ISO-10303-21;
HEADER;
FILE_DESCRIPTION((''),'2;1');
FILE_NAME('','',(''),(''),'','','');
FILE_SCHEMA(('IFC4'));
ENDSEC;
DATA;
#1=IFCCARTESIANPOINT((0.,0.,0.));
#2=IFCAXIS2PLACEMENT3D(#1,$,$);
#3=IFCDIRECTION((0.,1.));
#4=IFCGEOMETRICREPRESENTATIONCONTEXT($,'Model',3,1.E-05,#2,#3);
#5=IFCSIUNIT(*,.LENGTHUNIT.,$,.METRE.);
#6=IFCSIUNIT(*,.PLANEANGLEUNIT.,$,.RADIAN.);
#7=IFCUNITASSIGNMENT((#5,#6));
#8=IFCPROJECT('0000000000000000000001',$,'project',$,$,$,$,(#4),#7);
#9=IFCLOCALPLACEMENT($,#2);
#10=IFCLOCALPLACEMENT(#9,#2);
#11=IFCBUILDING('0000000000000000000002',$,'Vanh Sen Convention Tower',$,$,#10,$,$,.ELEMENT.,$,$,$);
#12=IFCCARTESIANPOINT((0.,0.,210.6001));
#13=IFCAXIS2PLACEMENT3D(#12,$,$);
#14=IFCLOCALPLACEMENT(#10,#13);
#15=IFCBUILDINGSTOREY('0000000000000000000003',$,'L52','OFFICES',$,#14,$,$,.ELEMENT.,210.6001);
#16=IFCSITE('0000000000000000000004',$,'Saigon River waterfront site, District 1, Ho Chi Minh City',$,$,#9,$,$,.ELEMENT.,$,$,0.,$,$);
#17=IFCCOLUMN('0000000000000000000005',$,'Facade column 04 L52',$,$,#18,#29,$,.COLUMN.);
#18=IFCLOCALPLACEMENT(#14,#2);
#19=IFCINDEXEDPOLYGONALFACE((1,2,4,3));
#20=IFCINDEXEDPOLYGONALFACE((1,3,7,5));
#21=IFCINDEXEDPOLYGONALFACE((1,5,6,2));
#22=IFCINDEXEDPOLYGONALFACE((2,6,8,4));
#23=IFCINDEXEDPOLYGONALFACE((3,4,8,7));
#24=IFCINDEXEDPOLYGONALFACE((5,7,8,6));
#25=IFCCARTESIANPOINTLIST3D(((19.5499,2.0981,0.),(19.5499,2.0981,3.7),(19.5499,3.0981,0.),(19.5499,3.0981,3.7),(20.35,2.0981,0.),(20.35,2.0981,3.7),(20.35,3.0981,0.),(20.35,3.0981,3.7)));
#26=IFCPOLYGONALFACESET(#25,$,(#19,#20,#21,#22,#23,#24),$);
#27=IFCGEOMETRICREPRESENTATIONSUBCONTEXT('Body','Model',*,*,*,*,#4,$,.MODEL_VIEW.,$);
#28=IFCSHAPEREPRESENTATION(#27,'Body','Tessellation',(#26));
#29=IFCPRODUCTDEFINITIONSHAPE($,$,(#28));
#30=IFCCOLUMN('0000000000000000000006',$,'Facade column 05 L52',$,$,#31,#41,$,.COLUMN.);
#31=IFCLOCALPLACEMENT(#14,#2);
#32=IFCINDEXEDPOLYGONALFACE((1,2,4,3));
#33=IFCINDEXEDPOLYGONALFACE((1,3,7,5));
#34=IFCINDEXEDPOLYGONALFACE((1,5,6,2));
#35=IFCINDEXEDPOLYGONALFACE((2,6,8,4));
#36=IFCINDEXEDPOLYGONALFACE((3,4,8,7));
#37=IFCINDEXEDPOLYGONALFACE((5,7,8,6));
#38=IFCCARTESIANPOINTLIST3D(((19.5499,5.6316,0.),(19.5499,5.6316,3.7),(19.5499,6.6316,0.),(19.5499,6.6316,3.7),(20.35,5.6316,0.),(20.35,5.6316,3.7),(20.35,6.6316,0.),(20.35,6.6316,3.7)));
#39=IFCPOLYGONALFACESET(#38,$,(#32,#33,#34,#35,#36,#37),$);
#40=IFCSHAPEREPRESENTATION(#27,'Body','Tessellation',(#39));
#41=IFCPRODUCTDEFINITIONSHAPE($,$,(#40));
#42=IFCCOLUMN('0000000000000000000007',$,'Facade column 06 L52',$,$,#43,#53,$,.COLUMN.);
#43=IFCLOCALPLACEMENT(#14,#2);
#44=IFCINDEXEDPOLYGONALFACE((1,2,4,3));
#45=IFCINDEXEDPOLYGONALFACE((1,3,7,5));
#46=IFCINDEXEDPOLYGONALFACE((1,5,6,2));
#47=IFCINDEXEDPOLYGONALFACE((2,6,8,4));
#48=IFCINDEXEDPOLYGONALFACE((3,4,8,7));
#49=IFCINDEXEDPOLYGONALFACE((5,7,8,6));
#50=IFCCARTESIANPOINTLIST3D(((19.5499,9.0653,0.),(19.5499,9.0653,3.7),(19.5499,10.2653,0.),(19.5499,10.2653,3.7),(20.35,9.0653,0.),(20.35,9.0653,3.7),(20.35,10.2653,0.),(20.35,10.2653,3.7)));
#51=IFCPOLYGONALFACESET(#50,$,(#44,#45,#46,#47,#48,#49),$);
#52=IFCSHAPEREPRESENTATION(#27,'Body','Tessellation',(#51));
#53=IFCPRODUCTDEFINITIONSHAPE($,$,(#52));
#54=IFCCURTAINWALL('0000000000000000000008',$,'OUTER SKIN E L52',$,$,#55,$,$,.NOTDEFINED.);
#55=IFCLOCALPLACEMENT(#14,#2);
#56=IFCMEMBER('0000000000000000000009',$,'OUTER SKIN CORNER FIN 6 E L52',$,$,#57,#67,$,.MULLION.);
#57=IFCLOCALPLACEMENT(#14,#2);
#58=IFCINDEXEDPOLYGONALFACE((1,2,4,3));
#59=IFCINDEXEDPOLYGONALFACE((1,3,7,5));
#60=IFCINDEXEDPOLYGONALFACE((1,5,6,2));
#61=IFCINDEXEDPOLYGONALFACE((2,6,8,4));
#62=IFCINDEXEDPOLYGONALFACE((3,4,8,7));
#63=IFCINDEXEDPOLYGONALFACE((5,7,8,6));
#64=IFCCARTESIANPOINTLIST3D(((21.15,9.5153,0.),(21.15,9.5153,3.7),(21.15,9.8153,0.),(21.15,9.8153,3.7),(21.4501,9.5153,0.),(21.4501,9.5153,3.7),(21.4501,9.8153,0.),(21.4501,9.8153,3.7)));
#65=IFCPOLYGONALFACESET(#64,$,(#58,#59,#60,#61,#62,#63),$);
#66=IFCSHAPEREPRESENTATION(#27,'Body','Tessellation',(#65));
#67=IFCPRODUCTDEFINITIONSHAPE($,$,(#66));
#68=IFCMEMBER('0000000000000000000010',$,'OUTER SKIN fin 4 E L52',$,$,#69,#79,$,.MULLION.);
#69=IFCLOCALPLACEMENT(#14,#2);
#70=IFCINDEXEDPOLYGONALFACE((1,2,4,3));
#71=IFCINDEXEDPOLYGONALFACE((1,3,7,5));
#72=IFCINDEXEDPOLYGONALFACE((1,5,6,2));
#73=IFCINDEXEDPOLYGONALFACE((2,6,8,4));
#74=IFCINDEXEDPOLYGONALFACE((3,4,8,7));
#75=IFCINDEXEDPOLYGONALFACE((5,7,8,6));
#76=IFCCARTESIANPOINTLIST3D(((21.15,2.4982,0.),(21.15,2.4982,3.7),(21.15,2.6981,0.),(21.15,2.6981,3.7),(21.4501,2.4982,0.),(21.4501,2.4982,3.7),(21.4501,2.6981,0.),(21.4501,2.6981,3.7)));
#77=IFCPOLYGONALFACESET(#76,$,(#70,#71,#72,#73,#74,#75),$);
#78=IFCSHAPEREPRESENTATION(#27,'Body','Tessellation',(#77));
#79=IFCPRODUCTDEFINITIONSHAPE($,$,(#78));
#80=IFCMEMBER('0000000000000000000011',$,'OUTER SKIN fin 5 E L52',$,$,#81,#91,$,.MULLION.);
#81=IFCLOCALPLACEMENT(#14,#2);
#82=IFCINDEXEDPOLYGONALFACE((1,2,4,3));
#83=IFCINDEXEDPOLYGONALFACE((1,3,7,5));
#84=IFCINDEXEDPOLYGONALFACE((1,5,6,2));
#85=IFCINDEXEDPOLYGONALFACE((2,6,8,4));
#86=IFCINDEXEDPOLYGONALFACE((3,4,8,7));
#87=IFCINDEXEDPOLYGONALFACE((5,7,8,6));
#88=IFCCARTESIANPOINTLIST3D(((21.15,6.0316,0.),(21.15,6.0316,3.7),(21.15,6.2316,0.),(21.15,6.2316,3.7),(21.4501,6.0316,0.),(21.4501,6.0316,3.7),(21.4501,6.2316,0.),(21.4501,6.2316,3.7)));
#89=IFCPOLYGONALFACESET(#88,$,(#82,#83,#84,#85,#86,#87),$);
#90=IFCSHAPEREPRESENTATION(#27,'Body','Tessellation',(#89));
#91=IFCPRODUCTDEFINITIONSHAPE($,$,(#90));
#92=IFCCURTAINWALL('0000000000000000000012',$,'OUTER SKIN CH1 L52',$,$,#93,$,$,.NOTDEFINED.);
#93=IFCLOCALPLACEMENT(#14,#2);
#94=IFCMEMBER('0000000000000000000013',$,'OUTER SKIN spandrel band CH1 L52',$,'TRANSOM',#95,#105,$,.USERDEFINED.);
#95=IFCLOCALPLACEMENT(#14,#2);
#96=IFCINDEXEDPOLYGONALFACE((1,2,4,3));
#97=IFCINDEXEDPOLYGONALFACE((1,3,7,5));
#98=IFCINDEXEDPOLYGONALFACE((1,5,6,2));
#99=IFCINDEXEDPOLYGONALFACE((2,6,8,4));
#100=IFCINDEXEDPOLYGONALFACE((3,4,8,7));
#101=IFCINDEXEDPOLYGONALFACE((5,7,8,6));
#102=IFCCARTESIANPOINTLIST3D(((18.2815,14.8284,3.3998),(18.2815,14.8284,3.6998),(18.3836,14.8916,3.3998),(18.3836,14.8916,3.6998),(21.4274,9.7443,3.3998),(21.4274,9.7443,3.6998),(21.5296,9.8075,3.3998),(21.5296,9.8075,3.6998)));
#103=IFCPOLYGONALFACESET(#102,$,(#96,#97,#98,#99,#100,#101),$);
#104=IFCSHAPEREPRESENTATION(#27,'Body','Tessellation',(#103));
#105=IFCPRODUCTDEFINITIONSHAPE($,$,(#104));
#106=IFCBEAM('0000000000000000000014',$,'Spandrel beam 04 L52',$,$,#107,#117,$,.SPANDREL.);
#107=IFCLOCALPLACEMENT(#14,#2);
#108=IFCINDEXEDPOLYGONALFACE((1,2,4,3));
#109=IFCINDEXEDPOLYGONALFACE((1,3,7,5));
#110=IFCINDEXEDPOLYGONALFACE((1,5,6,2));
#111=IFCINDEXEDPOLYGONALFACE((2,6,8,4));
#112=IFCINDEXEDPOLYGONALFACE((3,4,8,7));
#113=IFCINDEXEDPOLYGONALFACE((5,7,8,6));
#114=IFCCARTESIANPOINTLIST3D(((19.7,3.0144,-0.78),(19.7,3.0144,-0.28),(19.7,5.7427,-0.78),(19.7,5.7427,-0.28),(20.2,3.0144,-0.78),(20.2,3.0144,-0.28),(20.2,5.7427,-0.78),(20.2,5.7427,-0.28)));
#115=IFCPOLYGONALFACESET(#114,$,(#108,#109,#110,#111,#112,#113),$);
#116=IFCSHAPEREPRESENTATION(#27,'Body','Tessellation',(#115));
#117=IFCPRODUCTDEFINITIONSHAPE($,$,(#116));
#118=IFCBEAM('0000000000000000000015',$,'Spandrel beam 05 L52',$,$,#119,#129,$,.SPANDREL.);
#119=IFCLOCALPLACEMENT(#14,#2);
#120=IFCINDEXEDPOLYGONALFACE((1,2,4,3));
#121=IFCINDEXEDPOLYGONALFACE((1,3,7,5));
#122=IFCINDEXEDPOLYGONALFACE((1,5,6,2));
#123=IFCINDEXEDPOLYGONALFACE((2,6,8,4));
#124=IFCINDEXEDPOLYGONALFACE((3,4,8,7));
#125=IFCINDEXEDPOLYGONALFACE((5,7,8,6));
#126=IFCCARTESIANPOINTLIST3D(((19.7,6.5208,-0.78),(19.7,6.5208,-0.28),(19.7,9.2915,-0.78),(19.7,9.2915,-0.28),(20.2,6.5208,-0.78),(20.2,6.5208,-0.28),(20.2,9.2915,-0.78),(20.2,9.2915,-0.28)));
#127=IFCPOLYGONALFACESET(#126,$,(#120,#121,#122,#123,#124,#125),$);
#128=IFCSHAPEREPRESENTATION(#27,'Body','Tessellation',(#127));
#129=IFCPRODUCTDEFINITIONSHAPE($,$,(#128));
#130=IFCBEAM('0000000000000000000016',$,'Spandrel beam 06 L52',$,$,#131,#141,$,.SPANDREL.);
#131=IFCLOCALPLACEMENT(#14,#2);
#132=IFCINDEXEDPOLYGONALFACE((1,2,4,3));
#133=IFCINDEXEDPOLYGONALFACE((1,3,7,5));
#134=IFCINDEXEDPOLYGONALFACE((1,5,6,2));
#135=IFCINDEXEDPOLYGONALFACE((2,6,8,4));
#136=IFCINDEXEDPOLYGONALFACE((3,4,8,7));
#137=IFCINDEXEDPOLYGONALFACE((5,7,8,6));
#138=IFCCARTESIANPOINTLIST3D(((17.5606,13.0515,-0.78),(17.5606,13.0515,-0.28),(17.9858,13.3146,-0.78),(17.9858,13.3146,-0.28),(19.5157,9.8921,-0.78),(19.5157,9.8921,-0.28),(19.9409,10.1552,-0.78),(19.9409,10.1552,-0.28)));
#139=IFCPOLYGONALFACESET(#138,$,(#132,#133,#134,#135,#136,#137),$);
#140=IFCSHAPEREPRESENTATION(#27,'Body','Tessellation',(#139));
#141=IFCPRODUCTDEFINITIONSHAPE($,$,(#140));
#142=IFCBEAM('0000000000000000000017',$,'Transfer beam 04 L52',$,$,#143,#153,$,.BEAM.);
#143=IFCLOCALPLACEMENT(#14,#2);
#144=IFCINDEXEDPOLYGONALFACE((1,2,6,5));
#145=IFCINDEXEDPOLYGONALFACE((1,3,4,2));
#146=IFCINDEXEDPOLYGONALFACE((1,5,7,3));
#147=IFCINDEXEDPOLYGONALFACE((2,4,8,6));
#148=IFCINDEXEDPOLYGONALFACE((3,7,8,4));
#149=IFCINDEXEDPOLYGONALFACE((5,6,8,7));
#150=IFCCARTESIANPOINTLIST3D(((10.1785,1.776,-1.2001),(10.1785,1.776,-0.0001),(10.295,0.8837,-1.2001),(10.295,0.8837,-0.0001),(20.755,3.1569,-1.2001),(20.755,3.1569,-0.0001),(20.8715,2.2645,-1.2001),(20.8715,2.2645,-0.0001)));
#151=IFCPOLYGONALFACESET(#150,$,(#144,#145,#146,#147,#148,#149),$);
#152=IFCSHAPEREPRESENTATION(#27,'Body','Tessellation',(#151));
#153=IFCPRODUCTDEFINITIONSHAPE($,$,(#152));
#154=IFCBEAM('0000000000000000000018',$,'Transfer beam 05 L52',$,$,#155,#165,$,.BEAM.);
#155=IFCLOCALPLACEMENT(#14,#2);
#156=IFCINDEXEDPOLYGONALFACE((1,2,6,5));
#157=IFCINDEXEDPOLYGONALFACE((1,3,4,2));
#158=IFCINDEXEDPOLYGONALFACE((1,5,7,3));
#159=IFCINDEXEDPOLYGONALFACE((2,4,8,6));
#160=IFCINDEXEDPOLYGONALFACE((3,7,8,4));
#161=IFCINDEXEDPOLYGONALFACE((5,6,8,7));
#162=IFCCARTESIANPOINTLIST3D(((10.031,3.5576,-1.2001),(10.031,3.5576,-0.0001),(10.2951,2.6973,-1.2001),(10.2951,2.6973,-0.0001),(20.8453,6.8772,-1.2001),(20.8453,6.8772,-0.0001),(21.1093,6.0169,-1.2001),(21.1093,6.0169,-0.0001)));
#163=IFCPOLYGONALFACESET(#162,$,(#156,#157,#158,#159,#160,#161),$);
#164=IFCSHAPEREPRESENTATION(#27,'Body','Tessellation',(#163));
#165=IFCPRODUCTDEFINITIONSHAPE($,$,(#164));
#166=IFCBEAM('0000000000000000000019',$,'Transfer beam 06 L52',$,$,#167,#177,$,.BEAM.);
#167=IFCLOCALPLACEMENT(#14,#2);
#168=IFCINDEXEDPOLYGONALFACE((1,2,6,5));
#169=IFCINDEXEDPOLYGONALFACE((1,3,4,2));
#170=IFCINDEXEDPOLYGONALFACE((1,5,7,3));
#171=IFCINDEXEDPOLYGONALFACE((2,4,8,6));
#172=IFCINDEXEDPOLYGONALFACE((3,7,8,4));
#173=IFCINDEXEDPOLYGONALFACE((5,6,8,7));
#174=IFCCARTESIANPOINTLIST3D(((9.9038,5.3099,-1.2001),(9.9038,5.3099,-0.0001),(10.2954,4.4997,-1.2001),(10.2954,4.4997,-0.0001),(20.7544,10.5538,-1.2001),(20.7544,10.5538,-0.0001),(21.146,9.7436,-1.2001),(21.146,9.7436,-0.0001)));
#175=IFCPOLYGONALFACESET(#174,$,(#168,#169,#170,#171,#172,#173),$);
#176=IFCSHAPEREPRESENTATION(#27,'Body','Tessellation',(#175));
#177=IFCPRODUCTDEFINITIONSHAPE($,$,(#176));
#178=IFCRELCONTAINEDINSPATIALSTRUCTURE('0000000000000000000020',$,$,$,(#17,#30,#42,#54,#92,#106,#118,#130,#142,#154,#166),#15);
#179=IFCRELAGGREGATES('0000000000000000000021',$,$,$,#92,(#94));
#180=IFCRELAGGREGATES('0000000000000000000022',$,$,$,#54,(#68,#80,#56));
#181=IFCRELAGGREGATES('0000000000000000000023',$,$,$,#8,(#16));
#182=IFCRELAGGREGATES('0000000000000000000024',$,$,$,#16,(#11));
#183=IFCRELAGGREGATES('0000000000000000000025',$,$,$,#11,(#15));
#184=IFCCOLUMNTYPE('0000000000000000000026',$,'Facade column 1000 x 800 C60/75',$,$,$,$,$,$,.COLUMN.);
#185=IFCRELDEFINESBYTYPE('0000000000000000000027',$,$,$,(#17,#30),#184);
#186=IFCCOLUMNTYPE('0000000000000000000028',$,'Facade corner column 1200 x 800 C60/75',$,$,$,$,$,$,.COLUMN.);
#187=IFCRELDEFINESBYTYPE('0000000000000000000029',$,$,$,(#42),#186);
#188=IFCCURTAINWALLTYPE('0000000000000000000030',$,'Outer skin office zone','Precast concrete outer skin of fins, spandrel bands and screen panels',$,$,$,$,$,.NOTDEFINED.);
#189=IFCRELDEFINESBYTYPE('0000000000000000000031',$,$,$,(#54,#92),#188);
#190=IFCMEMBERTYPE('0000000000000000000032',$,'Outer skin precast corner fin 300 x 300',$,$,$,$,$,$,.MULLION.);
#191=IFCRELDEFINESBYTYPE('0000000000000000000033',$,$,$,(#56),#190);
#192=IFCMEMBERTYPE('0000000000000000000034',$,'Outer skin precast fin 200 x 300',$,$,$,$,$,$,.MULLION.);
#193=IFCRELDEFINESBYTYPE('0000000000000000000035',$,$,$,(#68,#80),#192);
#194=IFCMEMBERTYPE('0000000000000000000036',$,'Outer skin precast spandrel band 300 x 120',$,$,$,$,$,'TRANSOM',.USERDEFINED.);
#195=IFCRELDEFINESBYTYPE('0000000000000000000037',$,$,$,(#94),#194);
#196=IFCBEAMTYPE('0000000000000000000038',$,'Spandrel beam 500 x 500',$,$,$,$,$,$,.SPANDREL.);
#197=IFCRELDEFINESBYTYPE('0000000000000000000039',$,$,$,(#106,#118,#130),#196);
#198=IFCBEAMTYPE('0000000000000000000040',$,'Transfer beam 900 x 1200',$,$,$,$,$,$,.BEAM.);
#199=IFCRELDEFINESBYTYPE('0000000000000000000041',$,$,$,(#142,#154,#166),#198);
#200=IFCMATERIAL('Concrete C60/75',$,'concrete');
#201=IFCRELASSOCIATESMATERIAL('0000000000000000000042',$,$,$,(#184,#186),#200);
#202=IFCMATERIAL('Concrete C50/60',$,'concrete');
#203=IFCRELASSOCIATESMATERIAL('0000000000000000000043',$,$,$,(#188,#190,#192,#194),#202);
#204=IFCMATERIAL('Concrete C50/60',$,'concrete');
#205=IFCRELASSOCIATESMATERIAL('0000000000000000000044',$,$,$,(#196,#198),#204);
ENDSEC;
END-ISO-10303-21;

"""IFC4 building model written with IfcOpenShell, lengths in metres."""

from ifc_helpers import new_model, si_unit, direction, frame, origin, origin_2d, place, context, subcontext, project, spatial, rectangle, extrude, material, material_profile, profile_set, type_object, element, aggregate, save


model = new_model("IFC4")

# Units and contexts
model_context = context("Model", 3, precision=1e-05, world=origin(), true_north=direction((0.0, 1.0)))
body_context = subcontext(model_context, "Body", "Model", "MODEL_VIEW")
ifc_project = project(units=[si_unit("LENGTHUNIT", "METRE"), si_unit("PLANEANGLEUNIT", "RADIAN")], contexts=[model_context])

# Site, building, storey
site_placement = place(None, origin())
site = spatial("IfcSite", under=ifc_project, at=site_placement, Name="Saigon River waterfront site, District 1, Ho Chi Minh City", CompositionType="ELEMENT", RefElevation=0.0)
building_placement = place(site_placement, origin())
building = spatial("IfcBuilding", under=site, at=building_placement, Name="Vanh Sen Convention Tower", CompositionType="ELEMENT")
storey_placement = place(building_placement, frame((0.0, 0.0, 210.6001)))
storey = spatial("IfcBuildingStorey", under=building, at=storey_placement, Name="L52", Description="OFFICES", CompositionType="ELEMENT", Elevation=210.6001)

# Columns
ifc_material_1 = material(Name="Concrete C60/75", Category="concrete")
ifc_material_profile_1 = material_profile(ifc_material_1, rectangle(XDim=1.0, YDim=0.8, at=origin_2d()), Name="RC 1000X800")
ifc_profile_set_1 = profile_set([ifc_material_profile_1], Name="Concrete C60/75")
column_type_1 = type_object("IfcColumnType", Name="Facade column 1000 x 800 C60/75", PredefinedType="COLUMN", material=ifc_profile_set_1)
for number, where, z_axis, x_axis, name in (
    (1, (19.95, 2.5981, 0.0), (0.0, 0.0, 1.0), (0.0, 1.0, 0.0), "Facade column 04 L52"),
    (2, (19.95, 6.1316, 0.0), (0.0, 0.0, 1.0), (0.0, 1.0, 0.0), "Facade column 05 L52"),
):
    element("IfcColumn", number, at=place(storey_placement, frame(where, z_axis=z_axis, x_axis=x_axis)), inside=storey, type_object=column_type_1, Name=name, PredefinedType="COLUMN", context=body_context, shape_type="SweptSolid", body=[
        extrude(rectangle(XDim=1.0, YDim=0.8, at=origin_2d()), origin(), (0.0, 0.0, 1.0), 3.7),
    ])
ifc_material_profile_2 = material_profile(ifc_material_1, rectangle(XDim=1.2, YDim=0.8, at=origin_2d()), Name="RC 1200X800")
ifc_profile_set_2 = profile_set([ifc_material_profile_2], Name="Concrete C60/75")
column_type_2 = type_object("IfcColumnType", Name="Facade corner column 1200 x 800 C60/75", PredefinedType="COLUMN", material=ifc_profile_set_2)
column_placement = place(storey_placement, frame((19.95, 9.6653, 0.0), z_axis=(0.0, 0.0, 1.0), x_axis=(0.0, 1.0, 0.0)))
element("IfcColumn", 3, at=column_placement, inside=storey, type_object=column_type_2, Name="Facade column 06 L52", PredefinedType="COLUMN", context=body_context, shape_type="SweptSolid", body=[
    extrude(rectangle(XDim=1.2, YDim=0.8, at=origin_2d()), origin(), (0.0, 0.0, 1.0), 3.7),
])

# Curtain wall, members
ifc_material_2 = material(Name="Concrete C50/60", Category="concrete")
curtain_wall_type = type_object("IfcCurtainWallType", Name="Outer skin office zone", Description="Precast concrete outer skin of fins, spandrel bands and screen panels", PredefinedType="NOTDEFINED", material=ifc_material_2)
curtain_wall_1_placement = place(storey_placement, origin())
curtain_wall_1 = element("IfcCurtainWall", 4, at=curtain_wall_1_placement, inside=storey, type_object=curtain_wall_type, Name="OUTER SKIN E L52", PredefinedType="NOTDEFINED")
ifc_material_profile_3 = material_profile(ifc_material_2, rectangle(XDim=0.3, YDim=0.3, at=origin_2d()), Name="Outer skin precast corner fin 300 x 300")
ifc_profile_set_3 = profile_set([ifc_material_profile_3], Name="Concrete C50/60")
member_type_1 = type_object("IfcMemberType", Name="Outer skin precast corner fin 300 x 300", PredefinedType="MULLION", material=ifc_profile_set_3)
member_1_placement = place(storey_placement, frame((21.3, 9.6653, 0.0), z_axis=(0.0, 0.0, 1.0), x_axis=(0.0, 1.0, 0.0)))
member_1 = element("IfcMember", 5, at=member_1_placement, type_object=member_type_1, Name="OUTER SKIN CORNER FIN 6 E L52", PredefinedType="MULLION", context=body_context, shape_type="SweptSolid", body=[
    extrude(rectangle(XDim=0.3, YDim=0.3, at=origin_2d()), origin(), (0.0, 0.0, 1.0), 3.7),
])
ifc_material_profile_4 = material_profile(ifc_material_2, rectangle(XDim=0.2, YDim=0.3, at=origin_2d()), Name="Outer skin precast fin 200 x 300")
ifc_profile_set_4 = profile_set([ifc_material_profile_4], Name="Concrete C50/60")
member_type_2 = type_object("IfcMemberType", Name="Outer skin precast fin 200 x 300", PredefinedType="MULLION", material=ifc_profile_set_4)
member_2_placement = place(storey_placement, frame((21.3, 2.5981, 0.0), z_axis=(0.0, 0.0, 1.0), x_axis=(0.0, 1.0, 0.0)))
member_2 = element("IfcMember", 6, at=member_2_placement, type_object=member_type_2, Name="OUTER SKIN fin 4 E L52", PredefinedType="MULLION", context=body_context, shape_type="SweptSolid", body=[
    extrude(rectangle(XDim=0.2, YDim=0.3, at=origin_2d()), origin(), (0.0, 0.0, 1.0), 3.7),
])
member_3_placement = place(storey_placement, frame((21.3, 6.1316, 0.0), z_axis=(0.0, 0.0, 1.0), x_axis=(0.0, 1.0, 0.0)))
member_3 = element("IfcMember", 7, at=member_3_placement, type_object=member_type_2, Name="OUTER SKIN fin 5 E L52", PredefinedType="MULLION", context=body_context, shape_type="SweptSolid", body=[
    extrude(rectangle(XDim=0.2, YDim=0.3, at=origin_2d()), origin(), (0.0, 0.0, 1.0), 3.7),
])

# Curtain wall, member
curtain_wall_2_placement = place(storey_placement, origin())
curtain_wall_2 = element("IfcCurtainWall", 8, at=curtain_wall_2_placement, inside=storey, type_object=curtain_wall_type, Name="OUTER SKIN CH1 L52", PredefinedType="NOTDEFINED")
ifc_material_profile_5 = material_profile(ifc_material_2, rectangle(XDim=0.1201, YDim=0.3, at=origin_2d()), Name="Outer skin precast spandrel band 300 x 120")
ifc_profile_set_5 = profile_set([ifc_material_profile_5], Name="Concrete C50/60")
member_type_3 = type_object("IfcMemberType", Name="Outer skin precast spandrel band 300 x 120", ElementType="TRANSOM", PredefinedType="USERDEFINED", material=ifc_profile_set_5)
member_4_placement = place(storey_placement, frame((21.4785, 9.7759, 3.5498), z_axis=(-0.526187, 0.850369, 0.0), x_axis=(-0.850369, -0.526187, 0.0)))
member_4 = element("IfcMember", 9, at=member_4_placement, type_object=member_type_3, Name="OUTER SKIN spandrel band CH1 L52", ObjectType="TRANSOM", PredefinedType="USERDEFINED", context=body_context, shape_type="SweptSolid", body=[
    extrude(rectangle(XDim=0.1201, YDim=0.3, at=origin_2d()), origin(), (0.0, 0.0, 1.0), 5.9788),
])
aggregate(curtain_wall_2, [member_4])

# Beams
ifc_material_3 = material(Name="Concrete C50/60", Category="concrete")
ifc_material_profile_6 = material_profile(ifc_material_3, rectangle(XDim=0.5, YDim=0.5, at=origin_2d()), Name="RC 500X500")
ifc_profile_set_6 = profile_set([ifc_material_profile_6], Name="Concrete C50/60")
beam_type_1 = type_object("IfcBeamType", Name="Spandrel beam 500 x 500", PredefinedType="SPANDREL", material=ifc_profile_set_6)
beam_1_placement = place(storey_placement, frame((19.95, 3.0144, -0.53), z_axis=(0.0, 1.0, 0.0), x_axis=(-1.0, 0.0, 0.0)))
element("IfcBeam", 10, at=beam_1_placement, inside=storey, type_object=beam_type_1, Name="Spandrel beam 04 L52", PredefinedType="SPANDREL", context=body_context, shape_type="SweptSolid", body=[
    extrude(rectangle(XDim=0.5, YDim=0.5, at=origin_2d()), origin(), (0.0, 0.0, 1.0), 2.7283),
])
beam_2_placement = place(storey_placement, frame((19.95, 6.5208, -0.53), z_axis=(0.0, 1.0, 0.0), x_axis=(-1.0, 0.0, 0.0)))
element("IfcBeam", 11, at=beam_2_placement, inside=storey, type_object=beam_type_1, Name="Spandrel beam 05 L52", PredefinedType="SPANDREL", context=body_context, shape_type="SweptSolid", body=[
    extrude(rectangle(XDim=0.5, YDim=0.5, at=origin_2d()), origin(), (0.0, 0.0, 1.0), 2.7708),
])
beam_3_placement = place(storey_placement, frame((19.7283, 10.0237, -0.53), z_axis=(-0.526208, 0.850356, 0.0), x_axis=(-0.850356, -0.526208, 0.0)))
element("IfcBeam", 12, at=beam_3_placement, inside=storey, type_object=beam_type_1, Name="Spandrel beam 06 L52", PredefinedType="SPANDREL", context=body_context, shape_type="SweptSolid", body=[
    extrude(rectangle(XDim=0.5, YDim=0.5, at=origin_2d()), origin(), (0.0, 0.0, 1.0), 3.7153),
])
ifc_material_profile_7 = material_profile(ifc_material_3, rectangle(XDim=0.8999, YDim=1.2, at=origin_2d()), Name="RC 900X1200")
ifc_profile_set_7 = profile_set([ifc_material_profile_7], Name="Concrete C50/60")
beam_type_2 = type_object("IfcBeamType", Name="Transfer beam 900 x 1200", PredefinedType="BEAM", material=ifc_profile_set_7)
beam_4_placement = place(storey_placement, frame((20.8132, 2.7107, -0.6001), z_axis=(-0.991584, -0.129462, 0.0), x_axis=(0.129462, -0.991584, 0.0)))
element("IfcBeam", 13, at=beam_4_placement, inside=storey, type_object=beam_type_2, Name="Transfer beam 04 L52", PredefinedType="BEAM", context=body_context, shape_type="SweptSolid", body=[
    extrude(rectangle(XDim=0.8999, YDim=1.2, at=origin_2d()), origin(), (0.0, 0.0, 1.0), 10.6663),
])
beam_5_placement = place(storey_placement, frame((20.9773, 6.447, -0.6001), z_axis=(-0.955974, -0.29345, 0.0), x_axis=(0.29345, -0.955974, 0.0)))
element("IfcBeam", 14, at=beam_5_placement, inside=storey, type_object=beam_type_2, Name="Transfer beam 05 L52", PredefinedType="BEAM", context=body_context, shape_type="SweptSolid", body=[
    extrude(rectangle(XDim=0.8999, YDim=1.2, at=origin_2d()), origin(), (0.0, 0.0, 1.0), 11.3123),
])
beam_6_placement = place(storey_placement, frame((20.9502, 10.1487, -0.6001), z_axis=(-0.900367, -0.435131, 0.0), x_axis=(0.435131, -0.900367, 0.0)))
element("IfcBeam", 15, at=beam_6_placement, inside=storey, type_object=beam_type_2, Name="Transfer beam 06 L52", PredefinedType="BEAM", context=body_context, shape_type="SweptSolid", body=[
    extrude(rectangle(XDim=0.8999, YDim=1.2, at=origin_2d()), origin(), (0.0, 0.0, 1.0), 12.0513),
])

aggregate(curtain_wall_1, [member_2, member_3, member_1])

save(model, "model.ifc")
